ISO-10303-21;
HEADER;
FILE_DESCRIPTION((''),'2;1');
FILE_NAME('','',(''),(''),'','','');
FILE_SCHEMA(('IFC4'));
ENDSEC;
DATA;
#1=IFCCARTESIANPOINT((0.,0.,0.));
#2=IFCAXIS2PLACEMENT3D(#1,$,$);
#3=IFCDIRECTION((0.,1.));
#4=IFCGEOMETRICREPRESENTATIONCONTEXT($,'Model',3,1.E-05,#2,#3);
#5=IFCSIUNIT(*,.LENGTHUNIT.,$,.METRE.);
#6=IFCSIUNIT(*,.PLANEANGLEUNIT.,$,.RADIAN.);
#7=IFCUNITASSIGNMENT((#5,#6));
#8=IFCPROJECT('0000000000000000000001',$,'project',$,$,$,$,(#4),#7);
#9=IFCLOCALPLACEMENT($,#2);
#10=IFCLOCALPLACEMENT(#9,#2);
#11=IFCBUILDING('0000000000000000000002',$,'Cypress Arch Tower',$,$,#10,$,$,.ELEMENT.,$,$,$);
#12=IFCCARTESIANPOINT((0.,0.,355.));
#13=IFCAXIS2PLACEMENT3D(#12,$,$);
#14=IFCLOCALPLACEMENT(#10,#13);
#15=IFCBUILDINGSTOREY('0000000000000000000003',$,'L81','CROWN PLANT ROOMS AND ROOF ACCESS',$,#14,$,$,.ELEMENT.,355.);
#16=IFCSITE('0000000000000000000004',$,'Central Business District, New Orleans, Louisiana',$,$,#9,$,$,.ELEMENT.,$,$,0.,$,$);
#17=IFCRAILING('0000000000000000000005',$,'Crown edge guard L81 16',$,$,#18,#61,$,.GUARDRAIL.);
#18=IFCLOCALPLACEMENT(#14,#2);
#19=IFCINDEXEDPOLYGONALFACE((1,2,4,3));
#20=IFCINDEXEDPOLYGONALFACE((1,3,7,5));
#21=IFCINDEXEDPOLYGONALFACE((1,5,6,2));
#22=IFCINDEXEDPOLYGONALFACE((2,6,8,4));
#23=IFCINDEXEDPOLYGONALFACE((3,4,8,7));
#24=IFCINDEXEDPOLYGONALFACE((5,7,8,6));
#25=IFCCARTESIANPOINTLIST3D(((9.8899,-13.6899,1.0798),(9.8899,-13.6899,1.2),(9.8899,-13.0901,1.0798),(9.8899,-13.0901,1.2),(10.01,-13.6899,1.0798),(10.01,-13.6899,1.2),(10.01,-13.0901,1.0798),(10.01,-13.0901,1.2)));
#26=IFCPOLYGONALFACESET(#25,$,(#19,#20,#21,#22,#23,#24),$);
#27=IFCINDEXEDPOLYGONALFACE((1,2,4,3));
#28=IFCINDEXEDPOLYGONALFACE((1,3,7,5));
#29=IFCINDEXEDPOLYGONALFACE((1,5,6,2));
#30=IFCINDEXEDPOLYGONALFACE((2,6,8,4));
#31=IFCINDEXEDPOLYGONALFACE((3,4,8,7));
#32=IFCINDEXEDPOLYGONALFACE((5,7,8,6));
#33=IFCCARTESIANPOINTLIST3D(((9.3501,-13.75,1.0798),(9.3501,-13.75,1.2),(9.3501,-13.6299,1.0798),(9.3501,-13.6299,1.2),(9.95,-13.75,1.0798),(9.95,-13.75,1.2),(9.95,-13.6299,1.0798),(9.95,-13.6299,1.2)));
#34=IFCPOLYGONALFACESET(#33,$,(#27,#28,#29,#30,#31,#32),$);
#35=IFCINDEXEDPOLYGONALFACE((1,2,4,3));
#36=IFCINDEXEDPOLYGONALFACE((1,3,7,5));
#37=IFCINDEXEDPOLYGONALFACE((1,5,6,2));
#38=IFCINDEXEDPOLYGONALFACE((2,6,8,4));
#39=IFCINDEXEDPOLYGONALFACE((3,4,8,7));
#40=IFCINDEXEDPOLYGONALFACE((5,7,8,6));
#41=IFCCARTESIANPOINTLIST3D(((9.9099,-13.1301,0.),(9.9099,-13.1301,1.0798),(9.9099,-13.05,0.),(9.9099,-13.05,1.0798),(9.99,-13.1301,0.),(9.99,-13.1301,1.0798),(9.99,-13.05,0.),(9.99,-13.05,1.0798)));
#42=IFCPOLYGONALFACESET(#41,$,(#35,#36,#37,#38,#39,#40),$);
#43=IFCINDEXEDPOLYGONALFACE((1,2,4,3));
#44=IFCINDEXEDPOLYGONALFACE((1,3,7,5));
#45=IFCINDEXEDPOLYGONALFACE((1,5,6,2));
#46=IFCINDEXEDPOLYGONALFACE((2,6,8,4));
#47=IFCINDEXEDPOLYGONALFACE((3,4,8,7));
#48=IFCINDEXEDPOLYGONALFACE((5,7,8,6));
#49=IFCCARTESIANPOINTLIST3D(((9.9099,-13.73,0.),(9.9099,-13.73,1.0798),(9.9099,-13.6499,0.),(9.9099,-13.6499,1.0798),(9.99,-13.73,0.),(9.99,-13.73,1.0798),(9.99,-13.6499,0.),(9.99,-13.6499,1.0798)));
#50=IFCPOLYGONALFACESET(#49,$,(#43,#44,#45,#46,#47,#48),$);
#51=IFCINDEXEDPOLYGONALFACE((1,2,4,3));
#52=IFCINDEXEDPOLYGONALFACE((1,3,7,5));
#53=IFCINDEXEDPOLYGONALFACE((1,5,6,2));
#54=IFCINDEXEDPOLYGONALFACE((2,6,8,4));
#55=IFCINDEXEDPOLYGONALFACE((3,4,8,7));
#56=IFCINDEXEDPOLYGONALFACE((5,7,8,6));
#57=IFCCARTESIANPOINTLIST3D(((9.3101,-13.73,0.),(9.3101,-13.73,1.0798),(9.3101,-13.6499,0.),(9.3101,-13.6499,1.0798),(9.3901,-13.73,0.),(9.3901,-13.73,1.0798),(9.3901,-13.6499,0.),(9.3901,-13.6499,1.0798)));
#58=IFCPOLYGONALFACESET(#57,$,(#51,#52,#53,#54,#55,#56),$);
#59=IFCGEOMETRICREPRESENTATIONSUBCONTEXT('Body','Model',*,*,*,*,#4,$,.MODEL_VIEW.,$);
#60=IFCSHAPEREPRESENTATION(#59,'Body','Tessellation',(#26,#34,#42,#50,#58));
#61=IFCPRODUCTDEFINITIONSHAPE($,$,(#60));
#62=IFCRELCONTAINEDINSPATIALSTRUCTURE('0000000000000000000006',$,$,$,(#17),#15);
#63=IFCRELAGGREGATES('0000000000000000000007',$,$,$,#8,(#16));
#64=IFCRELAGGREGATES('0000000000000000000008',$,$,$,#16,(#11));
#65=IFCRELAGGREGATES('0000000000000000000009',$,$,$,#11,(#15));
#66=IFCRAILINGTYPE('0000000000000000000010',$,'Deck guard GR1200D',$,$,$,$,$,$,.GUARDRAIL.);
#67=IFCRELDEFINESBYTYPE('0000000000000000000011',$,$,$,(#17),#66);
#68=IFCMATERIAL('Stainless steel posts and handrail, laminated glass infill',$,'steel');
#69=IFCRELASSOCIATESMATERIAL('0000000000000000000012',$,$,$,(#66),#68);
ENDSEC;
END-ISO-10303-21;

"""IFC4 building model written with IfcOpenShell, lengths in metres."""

from ifc_helpers import new_model, si_unit, direction, frame, origin, origin_2d, place, context, subcontext, project, spatial, rectangle, extrude, material, type_object, element, save


model = new_model("IFC4")

# Units and contexts
model_context = context("Model", 3, precision=1e-05, world=origin(), true_north=direction((0.0, 1.0)))
body_context = subcontext(model_context, "Body", "Model", "MODEL_VIEW")
ifc_project = project(units=[si_unit("LENGTHUNIT", "METRE"), si_unit("PLANEANGLEUNIT", "RADIAN")], contexts=[model_context])

# Site, building, storey
site_placement = place(None, origin())
site = spatial("IfcSite", under=ifc_project, at=site_placement, Name="Central Business District, New Orleans, Louisiana", CompositionType="ELEMENT", RefElevation=0.0)
building_placement = place(site_placement, origin())
building = spatial("IfcBuilding", under=site, at=building_placement, Name="Cypress Arch Tower", CompositionType="ELEMENT")
storey_placement = place(building_placement, frame((0.0, 0.0, 355.0)))
storey = spatial("IfcBuildingStorey", under=building, at=storey_placement, Name="L81", Description="CROWN PLANT ROOMS AND ROOF ACCESS", CompositionType="ELEMENT", Elevation=355.0)

# Railing
ifc_material_1 = material(Name="Stainless steel posts and handrail, laminated glass infill", Category="steel")
railing_type = type_object("IfcRailingType", Name="Deck guard GR1200D", PredefinedType="GUARDRAIL", material=ifc_material_1)
railing_1_placement = place(storey_placement, frame((9.95, -13.0901, 0.0)))
element("IfcRailing", 1, at=railing_1_placement, inside=storey, type_object=railing_type, Name="Crown edge guard L81 16", PredefinedType="GUARDRAIL", context=body_context, shape_type="SweptSolid", body=[
    extrude(rectangle(XDim=0.1201, YDim=0.1201, at=origin_2d()), frame((0.0, 0.0, 1.1399), z_axis=(0.0, -1.0, 0.0), x_axis=(1.0, 0.0, 0.0)), (0.0, 0.0, 1.0), 0.5999),
    extrude(rectangle(XDim=0.1201, YDim=0.1201, at=origin_2d()), frame((0.0, -0.5999, 1.1399), z_axis=(-1.0, 0.0, 0.0), x_axis=(0.0, -1.0, 0.0)), (0.0, 0.0, 1.0), 0.5999),
    extrude(rectangle(XDim=0.0801, YDim=0.0801, at=origin_2d()), origin(), (0.0, 0.0, 1.0), 1.0798),
    extrude(rectangle(XDim=0.0801, YDim=0.0801, at=origin_2d()), frame((0.0, -0.5999, 0.0)), (0.0, 0.0, 1.0), 1.0798),
    extrude(rectangle(XDim=0.0801, YDim=0.0801, at=origin_2d()), frame((-0.5999, -0.5999, 0.0)), (0.0, 0.0, 1.0), 1.0798),
])

save(model, "model.ifc")
